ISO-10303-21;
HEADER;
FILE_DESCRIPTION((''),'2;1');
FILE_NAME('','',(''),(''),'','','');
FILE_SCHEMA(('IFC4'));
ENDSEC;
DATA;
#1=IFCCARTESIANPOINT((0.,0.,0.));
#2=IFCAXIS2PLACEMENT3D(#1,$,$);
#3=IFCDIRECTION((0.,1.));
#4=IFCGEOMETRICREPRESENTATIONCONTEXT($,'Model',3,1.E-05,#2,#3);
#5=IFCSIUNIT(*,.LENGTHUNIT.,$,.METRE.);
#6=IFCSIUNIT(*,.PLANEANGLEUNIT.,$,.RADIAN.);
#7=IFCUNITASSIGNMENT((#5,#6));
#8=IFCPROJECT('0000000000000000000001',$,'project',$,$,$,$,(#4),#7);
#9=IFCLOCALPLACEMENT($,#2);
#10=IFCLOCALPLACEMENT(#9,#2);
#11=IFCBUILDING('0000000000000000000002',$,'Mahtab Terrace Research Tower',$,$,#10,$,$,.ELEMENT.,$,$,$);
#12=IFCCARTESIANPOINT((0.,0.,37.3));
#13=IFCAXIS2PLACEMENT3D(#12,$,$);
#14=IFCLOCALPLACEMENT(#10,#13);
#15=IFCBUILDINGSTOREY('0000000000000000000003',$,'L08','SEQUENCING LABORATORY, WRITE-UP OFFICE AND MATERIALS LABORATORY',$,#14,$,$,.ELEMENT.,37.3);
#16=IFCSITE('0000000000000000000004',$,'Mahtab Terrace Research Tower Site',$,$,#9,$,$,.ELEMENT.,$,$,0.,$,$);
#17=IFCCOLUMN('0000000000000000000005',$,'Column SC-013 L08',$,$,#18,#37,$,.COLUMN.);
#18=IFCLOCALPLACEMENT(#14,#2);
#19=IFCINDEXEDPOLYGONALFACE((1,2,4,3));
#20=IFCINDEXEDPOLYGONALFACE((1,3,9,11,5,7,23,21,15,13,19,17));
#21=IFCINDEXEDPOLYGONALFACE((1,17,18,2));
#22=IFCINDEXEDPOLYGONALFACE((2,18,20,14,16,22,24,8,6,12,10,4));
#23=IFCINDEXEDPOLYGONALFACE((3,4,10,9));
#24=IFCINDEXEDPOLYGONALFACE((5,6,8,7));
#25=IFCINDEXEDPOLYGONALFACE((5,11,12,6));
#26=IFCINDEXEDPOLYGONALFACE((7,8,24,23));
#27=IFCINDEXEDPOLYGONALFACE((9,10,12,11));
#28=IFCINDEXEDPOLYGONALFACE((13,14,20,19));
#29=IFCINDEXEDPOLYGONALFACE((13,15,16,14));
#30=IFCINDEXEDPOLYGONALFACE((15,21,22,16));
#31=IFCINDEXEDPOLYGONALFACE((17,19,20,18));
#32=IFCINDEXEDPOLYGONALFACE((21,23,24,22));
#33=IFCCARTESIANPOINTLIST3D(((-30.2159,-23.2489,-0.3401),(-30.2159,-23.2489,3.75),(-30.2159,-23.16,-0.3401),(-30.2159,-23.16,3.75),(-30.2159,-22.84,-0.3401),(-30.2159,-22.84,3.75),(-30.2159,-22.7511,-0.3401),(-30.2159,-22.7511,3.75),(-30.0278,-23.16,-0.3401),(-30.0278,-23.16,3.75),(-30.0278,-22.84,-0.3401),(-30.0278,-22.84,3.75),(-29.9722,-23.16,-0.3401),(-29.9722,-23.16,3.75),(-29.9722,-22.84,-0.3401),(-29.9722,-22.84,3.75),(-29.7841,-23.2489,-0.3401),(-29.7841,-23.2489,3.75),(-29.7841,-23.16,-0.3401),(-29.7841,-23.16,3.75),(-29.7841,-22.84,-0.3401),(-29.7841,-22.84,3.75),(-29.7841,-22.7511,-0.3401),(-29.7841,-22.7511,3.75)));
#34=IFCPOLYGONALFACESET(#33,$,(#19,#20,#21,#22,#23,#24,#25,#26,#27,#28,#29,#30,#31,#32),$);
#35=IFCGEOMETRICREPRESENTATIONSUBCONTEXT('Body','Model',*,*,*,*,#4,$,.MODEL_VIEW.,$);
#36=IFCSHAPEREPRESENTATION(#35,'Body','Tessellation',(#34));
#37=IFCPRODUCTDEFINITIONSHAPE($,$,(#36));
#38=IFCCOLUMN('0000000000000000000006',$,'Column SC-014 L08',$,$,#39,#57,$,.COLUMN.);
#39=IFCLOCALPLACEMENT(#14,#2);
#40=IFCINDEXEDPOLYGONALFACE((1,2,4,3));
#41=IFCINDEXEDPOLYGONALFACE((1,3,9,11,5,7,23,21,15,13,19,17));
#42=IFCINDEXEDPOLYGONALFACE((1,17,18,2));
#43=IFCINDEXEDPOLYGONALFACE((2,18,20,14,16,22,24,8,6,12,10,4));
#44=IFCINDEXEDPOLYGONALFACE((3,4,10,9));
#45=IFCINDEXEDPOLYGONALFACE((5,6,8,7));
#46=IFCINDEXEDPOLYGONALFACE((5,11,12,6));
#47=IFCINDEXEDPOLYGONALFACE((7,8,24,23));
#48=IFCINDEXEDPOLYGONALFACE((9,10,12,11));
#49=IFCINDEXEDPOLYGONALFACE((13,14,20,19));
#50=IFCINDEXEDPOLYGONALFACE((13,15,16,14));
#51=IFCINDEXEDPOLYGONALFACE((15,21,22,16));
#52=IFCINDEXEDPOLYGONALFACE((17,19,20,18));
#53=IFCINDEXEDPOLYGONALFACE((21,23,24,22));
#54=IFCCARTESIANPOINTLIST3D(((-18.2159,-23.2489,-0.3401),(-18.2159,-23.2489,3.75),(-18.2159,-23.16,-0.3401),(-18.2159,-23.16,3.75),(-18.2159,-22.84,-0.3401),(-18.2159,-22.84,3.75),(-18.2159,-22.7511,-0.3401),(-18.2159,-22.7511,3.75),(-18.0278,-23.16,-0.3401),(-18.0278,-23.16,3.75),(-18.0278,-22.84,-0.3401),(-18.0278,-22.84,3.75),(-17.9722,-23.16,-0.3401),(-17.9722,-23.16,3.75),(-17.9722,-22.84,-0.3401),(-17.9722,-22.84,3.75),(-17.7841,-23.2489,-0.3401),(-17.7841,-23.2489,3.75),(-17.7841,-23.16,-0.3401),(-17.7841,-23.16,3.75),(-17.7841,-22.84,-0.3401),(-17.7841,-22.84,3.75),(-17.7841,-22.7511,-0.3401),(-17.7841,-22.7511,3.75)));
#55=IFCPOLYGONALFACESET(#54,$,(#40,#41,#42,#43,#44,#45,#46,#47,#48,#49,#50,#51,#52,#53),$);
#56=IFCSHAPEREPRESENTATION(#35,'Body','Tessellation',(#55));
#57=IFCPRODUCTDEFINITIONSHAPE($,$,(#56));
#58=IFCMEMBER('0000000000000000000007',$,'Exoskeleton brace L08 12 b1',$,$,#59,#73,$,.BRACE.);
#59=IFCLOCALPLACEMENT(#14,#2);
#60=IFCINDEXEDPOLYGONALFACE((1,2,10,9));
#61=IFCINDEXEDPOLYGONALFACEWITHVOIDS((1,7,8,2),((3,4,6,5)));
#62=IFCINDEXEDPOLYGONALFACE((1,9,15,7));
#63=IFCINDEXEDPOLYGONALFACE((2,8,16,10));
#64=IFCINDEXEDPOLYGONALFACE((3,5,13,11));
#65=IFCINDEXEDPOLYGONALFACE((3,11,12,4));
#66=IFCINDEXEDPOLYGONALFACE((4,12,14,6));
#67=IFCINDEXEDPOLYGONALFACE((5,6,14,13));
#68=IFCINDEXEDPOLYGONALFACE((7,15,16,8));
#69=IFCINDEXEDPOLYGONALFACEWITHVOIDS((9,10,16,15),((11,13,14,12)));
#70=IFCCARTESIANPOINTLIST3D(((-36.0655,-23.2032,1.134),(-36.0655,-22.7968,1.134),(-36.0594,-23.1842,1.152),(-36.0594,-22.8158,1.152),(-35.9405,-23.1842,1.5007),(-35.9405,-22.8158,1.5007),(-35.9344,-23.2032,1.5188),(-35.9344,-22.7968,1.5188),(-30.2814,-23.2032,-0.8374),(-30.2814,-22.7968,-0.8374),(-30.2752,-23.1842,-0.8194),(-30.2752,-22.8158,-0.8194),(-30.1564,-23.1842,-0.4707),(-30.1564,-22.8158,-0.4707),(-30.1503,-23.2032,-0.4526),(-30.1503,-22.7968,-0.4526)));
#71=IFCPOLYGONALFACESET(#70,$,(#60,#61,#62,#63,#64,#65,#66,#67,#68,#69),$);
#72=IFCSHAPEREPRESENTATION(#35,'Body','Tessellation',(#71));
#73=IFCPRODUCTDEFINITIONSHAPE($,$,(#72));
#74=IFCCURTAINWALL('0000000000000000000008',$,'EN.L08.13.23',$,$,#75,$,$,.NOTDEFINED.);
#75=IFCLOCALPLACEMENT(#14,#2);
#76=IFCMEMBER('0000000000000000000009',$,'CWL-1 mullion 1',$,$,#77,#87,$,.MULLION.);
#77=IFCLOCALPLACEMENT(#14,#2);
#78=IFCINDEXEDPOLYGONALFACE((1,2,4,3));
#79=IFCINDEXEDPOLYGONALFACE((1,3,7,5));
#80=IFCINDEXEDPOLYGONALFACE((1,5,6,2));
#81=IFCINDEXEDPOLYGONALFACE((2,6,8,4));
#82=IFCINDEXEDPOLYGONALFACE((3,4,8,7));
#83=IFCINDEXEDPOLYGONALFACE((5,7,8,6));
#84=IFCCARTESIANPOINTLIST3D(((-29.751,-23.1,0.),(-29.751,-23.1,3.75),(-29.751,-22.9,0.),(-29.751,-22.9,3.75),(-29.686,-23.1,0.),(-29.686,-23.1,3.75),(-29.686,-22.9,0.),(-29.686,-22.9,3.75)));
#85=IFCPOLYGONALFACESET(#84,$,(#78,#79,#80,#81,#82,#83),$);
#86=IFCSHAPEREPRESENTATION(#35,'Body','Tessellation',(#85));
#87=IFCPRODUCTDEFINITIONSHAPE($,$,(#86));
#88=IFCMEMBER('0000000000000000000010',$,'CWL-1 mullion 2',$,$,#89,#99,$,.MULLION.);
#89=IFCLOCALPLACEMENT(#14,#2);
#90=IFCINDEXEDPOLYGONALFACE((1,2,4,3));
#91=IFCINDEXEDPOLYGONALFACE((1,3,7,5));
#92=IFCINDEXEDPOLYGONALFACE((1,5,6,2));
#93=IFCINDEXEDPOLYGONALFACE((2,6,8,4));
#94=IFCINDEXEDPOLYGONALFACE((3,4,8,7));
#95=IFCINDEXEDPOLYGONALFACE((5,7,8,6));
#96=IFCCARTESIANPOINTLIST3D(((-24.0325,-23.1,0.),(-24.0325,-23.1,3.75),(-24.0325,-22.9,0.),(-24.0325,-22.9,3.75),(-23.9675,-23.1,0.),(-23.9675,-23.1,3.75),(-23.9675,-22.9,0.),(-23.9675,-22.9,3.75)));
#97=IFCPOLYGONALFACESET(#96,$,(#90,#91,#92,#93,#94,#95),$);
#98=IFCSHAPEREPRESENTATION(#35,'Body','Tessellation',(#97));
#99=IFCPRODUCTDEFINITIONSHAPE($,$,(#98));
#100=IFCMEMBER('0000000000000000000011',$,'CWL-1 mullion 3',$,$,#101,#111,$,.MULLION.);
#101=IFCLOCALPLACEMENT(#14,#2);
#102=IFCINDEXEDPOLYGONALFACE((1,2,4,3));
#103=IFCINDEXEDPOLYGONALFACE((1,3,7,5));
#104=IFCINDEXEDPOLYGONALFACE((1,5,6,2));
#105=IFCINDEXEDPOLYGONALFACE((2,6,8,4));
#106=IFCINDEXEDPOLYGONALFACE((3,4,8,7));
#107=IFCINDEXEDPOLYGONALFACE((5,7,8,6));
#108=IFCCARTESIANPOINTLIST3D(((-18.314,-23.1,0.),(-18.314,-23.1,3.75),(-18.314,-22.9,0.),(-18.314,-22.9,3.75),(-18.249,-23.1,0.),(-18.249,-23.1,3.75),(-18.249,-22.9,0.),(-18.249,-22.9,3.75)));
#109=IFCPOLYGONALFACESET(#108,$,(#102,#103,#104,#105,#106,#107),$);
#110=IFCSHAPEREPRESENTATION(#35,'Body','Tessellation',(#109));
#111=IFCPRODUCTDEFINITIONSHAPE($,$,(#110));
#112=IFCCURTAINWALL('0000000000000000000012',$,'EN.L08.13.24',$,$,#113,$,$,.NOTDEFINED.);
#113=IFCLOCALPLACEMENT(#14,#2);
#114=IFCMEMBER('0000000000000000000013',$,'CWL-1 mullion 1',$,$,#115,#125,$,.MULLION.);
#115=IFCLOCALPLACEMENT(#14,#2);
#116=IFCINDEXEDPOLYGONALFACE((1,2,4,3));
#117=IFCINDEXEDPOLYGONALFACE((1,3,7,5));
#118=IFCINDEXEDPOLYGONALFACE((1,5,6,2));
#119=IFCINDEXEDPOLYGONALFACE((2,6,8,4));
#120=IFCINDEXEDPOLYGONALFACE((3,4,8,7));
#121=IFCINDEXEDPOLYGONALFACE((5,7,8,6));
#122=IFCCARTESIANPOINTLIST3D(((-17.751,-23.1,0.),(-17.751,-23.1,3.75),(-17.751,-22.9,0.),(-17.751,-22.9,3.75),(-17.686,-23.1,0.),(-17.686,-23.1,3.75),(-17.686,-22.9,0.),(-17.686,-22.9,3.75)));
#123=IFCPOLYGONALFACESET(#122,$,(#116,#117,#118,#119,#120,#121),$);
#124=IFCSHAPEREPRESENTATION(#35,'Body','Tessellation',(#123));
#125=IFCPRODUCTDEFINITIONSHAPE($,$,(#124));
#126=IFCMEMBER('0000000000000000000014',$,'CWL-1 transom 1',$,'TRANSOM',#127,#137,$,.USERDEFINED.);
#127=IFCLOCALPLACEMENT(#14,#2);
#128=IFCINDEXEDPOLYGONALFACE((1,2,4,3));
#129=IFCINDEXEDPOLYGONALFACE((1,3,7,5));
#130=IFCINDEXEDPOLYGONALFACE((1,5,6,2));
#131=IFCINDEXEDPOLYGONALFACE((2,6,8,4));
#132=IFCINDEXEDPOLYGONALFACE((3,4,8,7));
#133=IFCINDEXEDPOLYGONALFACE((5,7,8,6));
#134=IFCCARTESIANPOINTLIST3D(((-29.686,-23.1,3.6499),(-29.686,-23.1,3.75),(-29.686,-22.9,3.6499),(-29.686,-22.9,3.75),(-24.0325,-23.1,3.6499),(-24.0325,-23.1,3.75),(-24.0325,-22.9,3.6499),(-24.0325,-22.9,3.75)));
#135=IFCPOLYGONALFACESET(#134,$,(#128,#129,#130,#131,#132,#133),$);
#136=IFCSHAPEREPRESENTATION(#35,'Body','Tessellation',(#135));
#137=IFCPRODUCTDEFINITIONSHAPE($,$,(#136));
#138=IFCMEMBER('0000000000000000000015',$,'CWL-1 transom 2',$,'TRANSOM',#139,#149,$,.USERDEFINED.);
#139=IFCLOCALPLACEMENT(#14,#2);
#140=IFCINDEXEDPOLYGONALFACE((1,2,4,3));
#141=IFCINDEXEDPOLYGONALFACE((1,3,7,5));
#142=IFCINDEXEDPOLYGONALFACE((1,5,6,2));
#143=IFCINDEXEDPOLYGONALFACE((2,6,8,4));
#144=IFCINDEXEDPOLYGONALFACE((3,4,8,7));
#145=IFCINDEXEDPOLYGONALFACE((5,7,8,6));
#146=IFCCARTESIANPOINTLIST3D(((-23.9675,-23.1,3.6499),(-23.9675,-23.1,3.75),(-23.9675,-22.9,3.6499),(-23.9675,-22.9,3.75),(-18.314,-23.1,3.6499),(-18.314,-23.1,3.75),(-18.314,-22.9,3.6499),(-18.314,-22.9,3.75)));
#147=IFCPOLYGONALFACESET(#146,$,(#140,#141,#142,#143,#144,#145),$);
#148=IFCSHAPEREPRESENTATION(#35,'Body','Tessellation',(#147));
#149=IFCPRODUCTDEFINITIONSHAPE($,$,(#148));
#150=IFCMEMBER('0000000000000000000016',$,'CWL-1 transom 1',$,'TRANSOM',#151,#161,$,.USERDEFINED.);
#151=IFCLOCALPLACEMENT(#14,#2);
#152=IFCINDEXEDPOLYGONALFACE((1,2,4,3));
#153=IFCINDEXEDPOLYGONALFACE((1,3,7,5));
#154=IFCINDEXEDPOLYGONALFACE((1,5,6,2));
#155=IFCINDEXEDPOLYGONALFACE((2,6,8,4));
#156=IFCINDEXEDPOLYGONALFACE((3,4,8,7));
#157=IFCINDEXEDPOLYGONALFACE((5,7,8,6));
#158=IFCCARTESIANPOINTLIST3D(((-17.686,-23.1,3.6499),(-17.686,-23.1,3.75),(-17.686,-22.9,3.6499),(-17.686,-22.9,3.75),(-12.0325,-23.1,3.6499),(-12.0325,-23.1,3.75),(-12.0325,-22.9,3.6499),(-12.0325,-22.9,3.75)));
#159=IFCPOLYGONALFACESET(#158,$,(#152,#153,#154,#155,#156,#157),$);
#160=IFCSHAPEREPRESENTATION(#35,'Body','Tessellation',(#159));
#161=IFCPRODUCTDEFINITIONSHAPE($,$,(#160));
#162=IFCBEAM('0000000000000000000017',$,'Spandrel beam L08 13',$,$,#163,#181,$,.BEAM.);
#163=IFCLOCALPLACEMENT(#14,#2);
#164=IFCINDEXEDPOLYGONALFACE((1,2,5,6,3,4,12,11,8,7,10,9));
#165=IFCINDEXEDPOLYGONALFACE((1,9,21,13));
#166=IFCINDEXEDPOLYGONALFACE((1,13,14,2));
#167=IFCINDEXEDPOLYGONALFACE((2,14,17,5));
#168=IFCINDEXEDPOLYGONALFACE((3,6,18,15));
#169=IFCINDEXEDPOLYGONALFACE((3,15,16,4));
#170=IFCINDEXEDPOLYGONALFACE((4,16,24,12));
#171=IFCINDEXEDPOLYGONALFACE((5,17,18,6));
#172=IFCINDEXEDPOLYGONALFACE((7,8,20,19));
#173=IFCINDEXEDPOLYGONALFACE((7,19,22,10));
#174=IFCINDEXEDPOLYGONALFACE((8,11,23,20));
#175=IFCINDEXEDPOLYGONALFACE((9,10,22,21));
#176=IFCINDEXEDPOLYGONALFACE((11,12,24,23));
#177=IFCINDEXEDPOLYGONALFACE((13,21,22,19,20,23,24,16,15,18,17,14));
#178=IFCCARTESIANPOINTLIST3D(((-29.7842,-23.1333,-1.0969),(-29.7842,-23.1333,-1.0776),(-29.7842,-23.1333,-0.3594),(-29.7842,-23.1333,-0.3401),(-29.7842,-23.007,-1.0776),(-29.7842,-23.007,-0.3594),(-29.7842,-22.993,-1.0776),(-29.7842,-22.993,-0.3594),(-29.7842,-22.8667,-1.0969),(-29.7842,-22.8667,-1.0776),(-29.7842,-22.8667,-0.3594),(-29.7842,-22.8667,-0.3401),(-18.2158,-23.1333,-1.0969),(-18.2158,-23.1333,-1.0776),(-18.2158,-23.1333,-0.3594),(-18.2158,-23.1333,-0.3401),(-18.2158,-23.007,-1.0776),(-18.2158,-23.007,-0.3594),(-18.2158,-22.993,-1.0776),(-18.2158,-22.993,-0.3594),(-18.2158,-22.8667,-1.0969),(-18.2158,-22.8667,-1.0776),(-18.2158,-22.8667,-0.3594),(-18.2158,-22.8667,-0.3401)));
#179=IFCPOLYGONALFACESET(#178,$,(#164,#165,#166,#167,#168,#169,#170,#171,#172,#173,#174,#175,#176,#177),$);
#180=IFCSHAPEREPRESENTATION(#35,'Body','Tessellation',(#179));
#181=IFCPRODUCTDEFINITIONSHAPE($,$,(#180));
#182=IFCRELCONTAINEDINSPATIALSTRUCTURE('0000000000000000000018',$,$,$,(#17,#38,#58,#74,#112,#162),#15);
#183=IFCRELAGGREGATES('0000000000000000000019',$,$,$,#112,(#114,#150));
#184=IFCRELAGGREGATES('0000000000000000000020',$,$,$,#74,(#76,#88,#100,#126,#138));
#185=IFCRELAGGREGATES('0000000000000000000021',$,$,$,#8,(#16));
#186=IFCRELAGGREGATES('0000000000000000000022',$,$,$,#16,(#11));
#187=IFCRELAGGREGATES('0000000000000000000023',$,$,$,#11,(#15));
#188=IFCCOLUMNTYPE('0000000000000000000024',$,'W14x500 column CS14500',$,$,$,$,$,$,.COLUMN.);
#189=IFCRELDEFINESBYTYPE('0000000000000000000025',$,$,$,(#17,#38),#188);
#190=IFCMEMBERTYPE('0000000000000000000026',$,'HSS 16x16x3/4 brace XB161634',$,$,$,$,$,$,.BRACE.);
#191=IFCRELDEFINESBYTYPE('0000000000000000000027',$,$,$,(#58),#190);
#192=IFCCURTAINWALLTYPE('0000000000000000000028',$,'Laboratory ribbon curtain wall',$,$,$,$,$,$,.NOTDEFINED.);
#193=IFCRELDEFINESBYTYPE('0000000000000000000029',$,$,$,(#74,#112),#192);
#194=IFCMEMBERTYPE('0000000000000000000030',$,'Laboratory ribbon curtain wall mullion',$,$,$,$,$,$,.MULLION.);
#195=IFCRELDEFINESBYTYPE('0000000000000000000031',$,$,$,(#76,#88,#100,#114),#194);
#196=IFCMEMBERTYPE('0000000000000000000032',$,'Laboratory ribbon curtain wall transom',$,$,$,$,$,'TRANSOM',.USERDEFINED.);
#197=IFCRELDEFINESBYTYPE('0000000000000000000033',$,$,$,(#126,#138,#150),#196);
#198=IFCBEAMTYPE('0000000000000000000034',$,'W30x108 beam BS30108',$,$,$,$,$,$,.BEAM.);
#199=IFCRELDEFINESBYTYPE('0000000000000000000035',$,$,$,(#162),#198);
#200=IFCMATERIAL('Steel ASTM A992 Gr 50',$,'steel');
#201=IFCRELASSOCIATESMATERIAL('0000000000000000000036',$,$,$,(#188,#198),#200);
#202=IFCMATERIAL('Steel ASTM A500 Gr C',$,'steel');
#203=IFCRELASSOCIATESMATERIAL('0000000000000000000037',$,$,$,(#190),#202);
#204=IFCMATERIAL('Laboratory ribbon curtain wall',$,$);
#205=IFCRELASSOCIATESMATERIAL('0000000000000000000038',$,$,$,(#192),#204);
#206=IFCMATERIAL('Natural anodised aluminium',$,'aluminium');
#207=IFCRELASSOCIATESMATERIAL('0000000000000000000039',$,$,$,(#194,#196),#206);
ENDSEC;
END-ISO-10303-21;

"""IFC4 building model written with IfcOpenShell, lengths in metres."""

from ifc_helpers import new_model, si_unit, direction, frame, origin, origin_2d, place, context, subcontext, project, spatial, rectangle, hollow_rectangle, i_section, extrude, material, material_profile, profile_set, type_object, element, aggregate, save


model = new_model("IFC4")

# Units and contexts
model_context = context("Model", 3, precision=1e-05, world=origin(), true_north=direction((0.0, 1.0)))
body_context = subcontext(model_context, "Body", "Model", "MODEL_VIEW")
ifc_project = project(units=[si_unit("LENGTHUNIT", "METRE"), si_unit("PLANEANGLEUNIT", "RADIAN")], contexts=[model_context])

# Site, building, storey
site_placement = place(None, origin())
site = spatial("IfcSite", under=ifc_project, at=site_placement, Name="Mahtab Terrace Research Tower Site", CompositionType="ELEMENT", RefElevation=0.0)
building_placement = place(site_placement, origin())
building = spatial("IfcBuilding", under=site, at=building_placement, Name="Mahtab Terrace Research Tower", CompositionType="ELEMENT")
storey_placement = place(building_placement, frame((0.0, 0.0, 37.3)))
storey = spatial("IfcBuildingStorey", under=building, at=storey_placement, Name="L08", Description="SEQUENCING LABORATORY, WRITE-UP OFFICE AND MATERIALS LABORATORY", CompositionType="ELEMENT", Elevation=37.3)

# Columns
ifc_material_1 = material(Name="Steel ASTM A992 Gr 50", Category="steel")
ifc_material_profile_1 = material_profile(ifc_material_1, i_section(OverallWidth=0.4319, OverallDepth=0.4978, WebThickness=0.0557, FlangeThickness=0.0889, at=origin_2d()), Name="W14X500")
ifc_profile_set_1 = profile_set([ifc_material_profile_1], Name="Steel ASTM A992 Gr 50")
column_type = type_object("IfcColumnType", Name="W14x500 column CS14500", PredefinedType="COLUMN", material=ifc_profile_set_1)
for number, where, z_axis, x_axis, name in (
    (1, (-30.0, -23.0, -0.3401), (0.0, 0.0, 1.0), (1.0, 0.0, 0.0), "Column SC-013 L08"),
    (2, (-18.0, -23.0, -0.3401), (0.0, 0.0, 1.0), (1.0, 0.0, 0.0), "Column SC-014 L08"),
):
    element("IfcColumn", number, at=place(storey_placement, frame(where, z_axis=z_axis, x_axis=x_axis)), inside=storey, type_object=column_type, Name=name, PredefinedType="COLUMN", context=body_context, shape_type="SweptSolid", body=[
        extrude(i_section(OverallWidth=0.4319, OverallDepth=0.4978, WebThickness=0.0557, FlangeThickness=0.0889, at=origin_2d()), origin(), (0.0, 0.0, 1.0), 4.0901),
    ])

# Member
ifc_material_2 = material(Name="Steel ASTM A500 Gr C", Category="steel")
ifc_material_profile_2 = material_profile(ifc_material_2, hollow_rectangle(XDim=0.4065, YDim=0.4065, WallThickness=0.019, at=origin_2d()), Name="HSS16X16X3/4")
ifc_profile_set_2 = profile_set([ifc_material_profile_2], Name="Steel ASTM A500 Gr C")
member_type_1 = type_object("IfcMemberType", Name="HSS 16x16x3/4 brace XB161634", PredefinedType="BRACE", material=ifc_profile_set_2)
member_1_placement = place(storey_placement, frame((-30.2158, -23.0, -0.645), z_axis=(-0.946532, 0.0, 0.322609), x_axis=(0.0, -1.0, 0.0)))
element("IfcMember", 3, at=member_1_placement, inside=storey, type_object=member_type_1, Name="Exoskeleton brace L08 12 b1", PredefinedType="BRACE", context=body_context, shape_type="SweptSolid", body=[
    extrude(hollow_rectangle(XDim=0.4065, YDim=0.4065, WallThickness=0.019, at=origin_2d()), origin(), (0.0, 0.0, 1.0), 6.1108),
])

# Curtain wall, members
ifc_material_3 = material(Name="Laboratory ribbon curtain wall")
curtain_wall_type = type_object("IfcCurtainWallType", Name="Laboratory ribbon curtain wall", PredefinedType="NOTDEFINED", material=ifc_material_3)
curtain_wall_1_placement = place(storey_placement, origin())
curtain_wall_1 = element("IfcCurtainWall", 4, at=curtain_wall_1_placement, inside=storey, type_object=curtain_wall_type, Name="EN.L08.13.23", PredefinedType="NOTDEFINED")
ifc_material_4 = material(Name="Natural anodised aluminium", Category="aluminium")
ifc_material_profile_3 = material_profile(ifc_material_4, rectangle(XDim=0.2, YDim=0.0649, at=origin_2d()), Name="MULLION 65x200")
ifc_profile_set_3 = profile_set([ifc_material_profile_3], Name="Natural anodised aluminium")
member_type_2 = type_object("IfcMemberType", Name="Laboratory ribbon curtain wall mullion", PredefinedType="MULLION", material=ifc_profile_set_3)
member_2_placement = place(storey_placement, frame((-29.7185, -23.0, 0.0), z_axis=(0.0, 0.0, 1.0), x_axis=(0.0, 1.0, 0.0)))
member_2 = element("IfcMember", 5, at=member_2_placement, type_object=member_type_2, Name="CWL-1 mullion 1", PredefinedType="MULLION", context=body_context, shape_type="SweptSolid", body=[
    extrude(rectangle(XDim=0.2, YDim=0.0649, at=origin_2d()), origin(), (0.0, 0.0, 1.0), 3.75),
])
member_3_placement = place(storey_placement, frame((-24.0, -23.0, 0.0), z_axis=(0.0, 0.0, 1.0), x_axis=(0.0, 1.0, 0.0)))
member_3 = element("IfcMember", 6, at=member_3_placement, type_object=member_type_2, Name="CWL-1 mullion 2", PredefinedType="MULLION", context=body_context, shape_type="SweptSolid", body=[
    extrude(rectangle(XDim=0.2, YDim=0.0649, at=origin_2d()), origin(), (0.0, 0.0, 1.0), 3.75),
])
member_4_placement = place(storey_placement, frame((-18.2815, -23.0, 0.0), z_axis=(0.0, 0.0, 1.0), x_axis=(0.0, 1.0, 0.0)))
member_4 = element("IfcMember", 7, at=member_4_placement, type_object=member_type_2, Name="CWL-1 mullion 3", PredefinedType="MULLION", context=body_context, shape_type="SweptSolid", body=[
    extrude(rectangle(XDim=0.2, YDim=0.0649, at=origin_2d()), origin(), (0.0, 0.0, 1.0), 3.75),
])

# Curtain wall, member
curtain_wall_2_placement = place(storey_placement, origin())
curtain_wall_2 = element("IfcCurtainWall", 8, at=curtain_wall_2_placement, inside=storey, type_object=curtain_wall_type, Name="EN.L08.13.24", PredefinedType="NOTDEFINED")
member_5_placement = place(storey_placement, frame((-17.7185, -23.0, 0.0), z_axis=(0.0, 0.0, 1.0), x_axis=(0.0, 1.0, 0.0)))
member_5 = element("IfcMember", 9, at=member_5_placement, type_object=member_type_2, Name="CWL-1 mullion 1", PredefinedType="MULLION", context=body_context, shape_type="SweptSolid", body=[
    extrude(rectangle(XDim=0.2, YDim=0.0649, at=origin_2d()), origin(), (0.0, 0.0, 1.0), 3.75),
])

# Members
ifc_material_profile_4 = material_profile(ifc_material_4, rectangle(XDim=0.2, YDim=0.1001, at=origin_2d()), Name="TRANSOM 100x200")
ifc_profile_set_4 = profile_set([ifc_material_profile_4], Name="Natural anodised aluminium")
member_type_3 = type_object("IfcMemberType", Name="Laboratory ribbon curtain wall transom", ElementType="TRANSOM", PredefinedType="USERDEFINED", material=ifc_profile_set_4)
member_6_placement = place(storey_placement, frame((-29.686, -23.0, 3.7), z_axis=(1.0, 0.0, 0.0), x_axis=(0.0, 1.0, 0.0)))
member_6 = element("IfcMember", 10, at=member_6_placement, type_object=member_type_3, Name="CWL-1 transom 1", ObjectType="TRANSOM", PredefinedType="USERDEFINED", context=body_context, shape_type="SweptSolid", body=[
    extrude(rectangle(XDim=0.2, YDim=0.1001, at=origin_2d()), origin(), (0.0, 0.0, 1.0), 5.6536),
])
member_7_placement = place(storey_placement, frame((-23.9675, -23.0, 3.7), z_axis=(1.0, 0.0, 0.0), x_axis=(0.0, 1.0, 0.0)))
member_7 = element("IfcMember", 11, at=member_7_placement, type_object=member_type_3, Name="CWL-1 transom 2", ObjectType="TRANSOM", PredefinedType="USERDEFINED", context=body_context, shape_type="SweptSolid", body=[
    extrude(rectangle(XDim=0.2, YDim=0.1001, at=origin_2d()), origin(), (0.0, 0.0, 1.0), 5.6536),
])
member_8_placement = place(storey_placement, frame((-17.686, -23.0, 3.7), z_axis=(1.0, 0.0, 0.0), x_axis=(0.0, 1.0, 0.0)))
member_8 = element("IfcMember", 12, at=member_8_placement, type_object=member_type_3, Name="CWL-1 transom 1", ObjectType="TRANSOM", PredefinedType="USERDEFINED", context=body_context, shape_type="SweptSolid", body=[
    extrude(rectangle(XDim=0.2, YDim=0.1001, at=origin_2d()), origin(), (0.0, 0.0, 1.0), 5.6536),
])
aggregate(curtain_wall_2, [member_5, member_8])

# Beam
ifc_material_profile_5 = material_profile(ifc_material_1, i_section(OverallWidth=0.2666, OverallDepth=0.7568, WebThickness=0.0139, FlangeThickness=0.0193, at=origin_2d()), Name="W30X108")
ifc_profile_set_5 = profile_set([ifc_material_profile_5], Name="Steel ASTM A992 Gr 50")
beam_type = type_object("IfcBeamType", Name="W30x108 beam BS30108", PredefinedType="BEAM", material=ifc_profile_set_5)
for number, where, z_axis, x_axis, name in (
    (13, (-29.7842, -23.0, -0.7185), (1.0, 0.0, 0.0), (0.0, 1.0, 0.0), "Spandrel beam L08 13"),
):
    element("IfcBeam", number, at=place(storey_placement, frame(where, z_axis=z_axis, x_axis=x_axis)), inside=storey, type_object=beam_type, Name=name, PredefinedType="BEAM", context=body_context, shape_type="SweptSolid", body=[
        extrude(i_section(OverallWidth=0.2666, OverallDepth=0.7568, WebThickness=0.0139, FlangeThickness=0.0193, at=origin_2d()), origin(), (0.0, 0.0, 1.0), 11.5684),
    ])

aggregate(curtain_wall_1, [member_2, member_3, member_4, member_6, member_7])

save(model, "model.ifc")
